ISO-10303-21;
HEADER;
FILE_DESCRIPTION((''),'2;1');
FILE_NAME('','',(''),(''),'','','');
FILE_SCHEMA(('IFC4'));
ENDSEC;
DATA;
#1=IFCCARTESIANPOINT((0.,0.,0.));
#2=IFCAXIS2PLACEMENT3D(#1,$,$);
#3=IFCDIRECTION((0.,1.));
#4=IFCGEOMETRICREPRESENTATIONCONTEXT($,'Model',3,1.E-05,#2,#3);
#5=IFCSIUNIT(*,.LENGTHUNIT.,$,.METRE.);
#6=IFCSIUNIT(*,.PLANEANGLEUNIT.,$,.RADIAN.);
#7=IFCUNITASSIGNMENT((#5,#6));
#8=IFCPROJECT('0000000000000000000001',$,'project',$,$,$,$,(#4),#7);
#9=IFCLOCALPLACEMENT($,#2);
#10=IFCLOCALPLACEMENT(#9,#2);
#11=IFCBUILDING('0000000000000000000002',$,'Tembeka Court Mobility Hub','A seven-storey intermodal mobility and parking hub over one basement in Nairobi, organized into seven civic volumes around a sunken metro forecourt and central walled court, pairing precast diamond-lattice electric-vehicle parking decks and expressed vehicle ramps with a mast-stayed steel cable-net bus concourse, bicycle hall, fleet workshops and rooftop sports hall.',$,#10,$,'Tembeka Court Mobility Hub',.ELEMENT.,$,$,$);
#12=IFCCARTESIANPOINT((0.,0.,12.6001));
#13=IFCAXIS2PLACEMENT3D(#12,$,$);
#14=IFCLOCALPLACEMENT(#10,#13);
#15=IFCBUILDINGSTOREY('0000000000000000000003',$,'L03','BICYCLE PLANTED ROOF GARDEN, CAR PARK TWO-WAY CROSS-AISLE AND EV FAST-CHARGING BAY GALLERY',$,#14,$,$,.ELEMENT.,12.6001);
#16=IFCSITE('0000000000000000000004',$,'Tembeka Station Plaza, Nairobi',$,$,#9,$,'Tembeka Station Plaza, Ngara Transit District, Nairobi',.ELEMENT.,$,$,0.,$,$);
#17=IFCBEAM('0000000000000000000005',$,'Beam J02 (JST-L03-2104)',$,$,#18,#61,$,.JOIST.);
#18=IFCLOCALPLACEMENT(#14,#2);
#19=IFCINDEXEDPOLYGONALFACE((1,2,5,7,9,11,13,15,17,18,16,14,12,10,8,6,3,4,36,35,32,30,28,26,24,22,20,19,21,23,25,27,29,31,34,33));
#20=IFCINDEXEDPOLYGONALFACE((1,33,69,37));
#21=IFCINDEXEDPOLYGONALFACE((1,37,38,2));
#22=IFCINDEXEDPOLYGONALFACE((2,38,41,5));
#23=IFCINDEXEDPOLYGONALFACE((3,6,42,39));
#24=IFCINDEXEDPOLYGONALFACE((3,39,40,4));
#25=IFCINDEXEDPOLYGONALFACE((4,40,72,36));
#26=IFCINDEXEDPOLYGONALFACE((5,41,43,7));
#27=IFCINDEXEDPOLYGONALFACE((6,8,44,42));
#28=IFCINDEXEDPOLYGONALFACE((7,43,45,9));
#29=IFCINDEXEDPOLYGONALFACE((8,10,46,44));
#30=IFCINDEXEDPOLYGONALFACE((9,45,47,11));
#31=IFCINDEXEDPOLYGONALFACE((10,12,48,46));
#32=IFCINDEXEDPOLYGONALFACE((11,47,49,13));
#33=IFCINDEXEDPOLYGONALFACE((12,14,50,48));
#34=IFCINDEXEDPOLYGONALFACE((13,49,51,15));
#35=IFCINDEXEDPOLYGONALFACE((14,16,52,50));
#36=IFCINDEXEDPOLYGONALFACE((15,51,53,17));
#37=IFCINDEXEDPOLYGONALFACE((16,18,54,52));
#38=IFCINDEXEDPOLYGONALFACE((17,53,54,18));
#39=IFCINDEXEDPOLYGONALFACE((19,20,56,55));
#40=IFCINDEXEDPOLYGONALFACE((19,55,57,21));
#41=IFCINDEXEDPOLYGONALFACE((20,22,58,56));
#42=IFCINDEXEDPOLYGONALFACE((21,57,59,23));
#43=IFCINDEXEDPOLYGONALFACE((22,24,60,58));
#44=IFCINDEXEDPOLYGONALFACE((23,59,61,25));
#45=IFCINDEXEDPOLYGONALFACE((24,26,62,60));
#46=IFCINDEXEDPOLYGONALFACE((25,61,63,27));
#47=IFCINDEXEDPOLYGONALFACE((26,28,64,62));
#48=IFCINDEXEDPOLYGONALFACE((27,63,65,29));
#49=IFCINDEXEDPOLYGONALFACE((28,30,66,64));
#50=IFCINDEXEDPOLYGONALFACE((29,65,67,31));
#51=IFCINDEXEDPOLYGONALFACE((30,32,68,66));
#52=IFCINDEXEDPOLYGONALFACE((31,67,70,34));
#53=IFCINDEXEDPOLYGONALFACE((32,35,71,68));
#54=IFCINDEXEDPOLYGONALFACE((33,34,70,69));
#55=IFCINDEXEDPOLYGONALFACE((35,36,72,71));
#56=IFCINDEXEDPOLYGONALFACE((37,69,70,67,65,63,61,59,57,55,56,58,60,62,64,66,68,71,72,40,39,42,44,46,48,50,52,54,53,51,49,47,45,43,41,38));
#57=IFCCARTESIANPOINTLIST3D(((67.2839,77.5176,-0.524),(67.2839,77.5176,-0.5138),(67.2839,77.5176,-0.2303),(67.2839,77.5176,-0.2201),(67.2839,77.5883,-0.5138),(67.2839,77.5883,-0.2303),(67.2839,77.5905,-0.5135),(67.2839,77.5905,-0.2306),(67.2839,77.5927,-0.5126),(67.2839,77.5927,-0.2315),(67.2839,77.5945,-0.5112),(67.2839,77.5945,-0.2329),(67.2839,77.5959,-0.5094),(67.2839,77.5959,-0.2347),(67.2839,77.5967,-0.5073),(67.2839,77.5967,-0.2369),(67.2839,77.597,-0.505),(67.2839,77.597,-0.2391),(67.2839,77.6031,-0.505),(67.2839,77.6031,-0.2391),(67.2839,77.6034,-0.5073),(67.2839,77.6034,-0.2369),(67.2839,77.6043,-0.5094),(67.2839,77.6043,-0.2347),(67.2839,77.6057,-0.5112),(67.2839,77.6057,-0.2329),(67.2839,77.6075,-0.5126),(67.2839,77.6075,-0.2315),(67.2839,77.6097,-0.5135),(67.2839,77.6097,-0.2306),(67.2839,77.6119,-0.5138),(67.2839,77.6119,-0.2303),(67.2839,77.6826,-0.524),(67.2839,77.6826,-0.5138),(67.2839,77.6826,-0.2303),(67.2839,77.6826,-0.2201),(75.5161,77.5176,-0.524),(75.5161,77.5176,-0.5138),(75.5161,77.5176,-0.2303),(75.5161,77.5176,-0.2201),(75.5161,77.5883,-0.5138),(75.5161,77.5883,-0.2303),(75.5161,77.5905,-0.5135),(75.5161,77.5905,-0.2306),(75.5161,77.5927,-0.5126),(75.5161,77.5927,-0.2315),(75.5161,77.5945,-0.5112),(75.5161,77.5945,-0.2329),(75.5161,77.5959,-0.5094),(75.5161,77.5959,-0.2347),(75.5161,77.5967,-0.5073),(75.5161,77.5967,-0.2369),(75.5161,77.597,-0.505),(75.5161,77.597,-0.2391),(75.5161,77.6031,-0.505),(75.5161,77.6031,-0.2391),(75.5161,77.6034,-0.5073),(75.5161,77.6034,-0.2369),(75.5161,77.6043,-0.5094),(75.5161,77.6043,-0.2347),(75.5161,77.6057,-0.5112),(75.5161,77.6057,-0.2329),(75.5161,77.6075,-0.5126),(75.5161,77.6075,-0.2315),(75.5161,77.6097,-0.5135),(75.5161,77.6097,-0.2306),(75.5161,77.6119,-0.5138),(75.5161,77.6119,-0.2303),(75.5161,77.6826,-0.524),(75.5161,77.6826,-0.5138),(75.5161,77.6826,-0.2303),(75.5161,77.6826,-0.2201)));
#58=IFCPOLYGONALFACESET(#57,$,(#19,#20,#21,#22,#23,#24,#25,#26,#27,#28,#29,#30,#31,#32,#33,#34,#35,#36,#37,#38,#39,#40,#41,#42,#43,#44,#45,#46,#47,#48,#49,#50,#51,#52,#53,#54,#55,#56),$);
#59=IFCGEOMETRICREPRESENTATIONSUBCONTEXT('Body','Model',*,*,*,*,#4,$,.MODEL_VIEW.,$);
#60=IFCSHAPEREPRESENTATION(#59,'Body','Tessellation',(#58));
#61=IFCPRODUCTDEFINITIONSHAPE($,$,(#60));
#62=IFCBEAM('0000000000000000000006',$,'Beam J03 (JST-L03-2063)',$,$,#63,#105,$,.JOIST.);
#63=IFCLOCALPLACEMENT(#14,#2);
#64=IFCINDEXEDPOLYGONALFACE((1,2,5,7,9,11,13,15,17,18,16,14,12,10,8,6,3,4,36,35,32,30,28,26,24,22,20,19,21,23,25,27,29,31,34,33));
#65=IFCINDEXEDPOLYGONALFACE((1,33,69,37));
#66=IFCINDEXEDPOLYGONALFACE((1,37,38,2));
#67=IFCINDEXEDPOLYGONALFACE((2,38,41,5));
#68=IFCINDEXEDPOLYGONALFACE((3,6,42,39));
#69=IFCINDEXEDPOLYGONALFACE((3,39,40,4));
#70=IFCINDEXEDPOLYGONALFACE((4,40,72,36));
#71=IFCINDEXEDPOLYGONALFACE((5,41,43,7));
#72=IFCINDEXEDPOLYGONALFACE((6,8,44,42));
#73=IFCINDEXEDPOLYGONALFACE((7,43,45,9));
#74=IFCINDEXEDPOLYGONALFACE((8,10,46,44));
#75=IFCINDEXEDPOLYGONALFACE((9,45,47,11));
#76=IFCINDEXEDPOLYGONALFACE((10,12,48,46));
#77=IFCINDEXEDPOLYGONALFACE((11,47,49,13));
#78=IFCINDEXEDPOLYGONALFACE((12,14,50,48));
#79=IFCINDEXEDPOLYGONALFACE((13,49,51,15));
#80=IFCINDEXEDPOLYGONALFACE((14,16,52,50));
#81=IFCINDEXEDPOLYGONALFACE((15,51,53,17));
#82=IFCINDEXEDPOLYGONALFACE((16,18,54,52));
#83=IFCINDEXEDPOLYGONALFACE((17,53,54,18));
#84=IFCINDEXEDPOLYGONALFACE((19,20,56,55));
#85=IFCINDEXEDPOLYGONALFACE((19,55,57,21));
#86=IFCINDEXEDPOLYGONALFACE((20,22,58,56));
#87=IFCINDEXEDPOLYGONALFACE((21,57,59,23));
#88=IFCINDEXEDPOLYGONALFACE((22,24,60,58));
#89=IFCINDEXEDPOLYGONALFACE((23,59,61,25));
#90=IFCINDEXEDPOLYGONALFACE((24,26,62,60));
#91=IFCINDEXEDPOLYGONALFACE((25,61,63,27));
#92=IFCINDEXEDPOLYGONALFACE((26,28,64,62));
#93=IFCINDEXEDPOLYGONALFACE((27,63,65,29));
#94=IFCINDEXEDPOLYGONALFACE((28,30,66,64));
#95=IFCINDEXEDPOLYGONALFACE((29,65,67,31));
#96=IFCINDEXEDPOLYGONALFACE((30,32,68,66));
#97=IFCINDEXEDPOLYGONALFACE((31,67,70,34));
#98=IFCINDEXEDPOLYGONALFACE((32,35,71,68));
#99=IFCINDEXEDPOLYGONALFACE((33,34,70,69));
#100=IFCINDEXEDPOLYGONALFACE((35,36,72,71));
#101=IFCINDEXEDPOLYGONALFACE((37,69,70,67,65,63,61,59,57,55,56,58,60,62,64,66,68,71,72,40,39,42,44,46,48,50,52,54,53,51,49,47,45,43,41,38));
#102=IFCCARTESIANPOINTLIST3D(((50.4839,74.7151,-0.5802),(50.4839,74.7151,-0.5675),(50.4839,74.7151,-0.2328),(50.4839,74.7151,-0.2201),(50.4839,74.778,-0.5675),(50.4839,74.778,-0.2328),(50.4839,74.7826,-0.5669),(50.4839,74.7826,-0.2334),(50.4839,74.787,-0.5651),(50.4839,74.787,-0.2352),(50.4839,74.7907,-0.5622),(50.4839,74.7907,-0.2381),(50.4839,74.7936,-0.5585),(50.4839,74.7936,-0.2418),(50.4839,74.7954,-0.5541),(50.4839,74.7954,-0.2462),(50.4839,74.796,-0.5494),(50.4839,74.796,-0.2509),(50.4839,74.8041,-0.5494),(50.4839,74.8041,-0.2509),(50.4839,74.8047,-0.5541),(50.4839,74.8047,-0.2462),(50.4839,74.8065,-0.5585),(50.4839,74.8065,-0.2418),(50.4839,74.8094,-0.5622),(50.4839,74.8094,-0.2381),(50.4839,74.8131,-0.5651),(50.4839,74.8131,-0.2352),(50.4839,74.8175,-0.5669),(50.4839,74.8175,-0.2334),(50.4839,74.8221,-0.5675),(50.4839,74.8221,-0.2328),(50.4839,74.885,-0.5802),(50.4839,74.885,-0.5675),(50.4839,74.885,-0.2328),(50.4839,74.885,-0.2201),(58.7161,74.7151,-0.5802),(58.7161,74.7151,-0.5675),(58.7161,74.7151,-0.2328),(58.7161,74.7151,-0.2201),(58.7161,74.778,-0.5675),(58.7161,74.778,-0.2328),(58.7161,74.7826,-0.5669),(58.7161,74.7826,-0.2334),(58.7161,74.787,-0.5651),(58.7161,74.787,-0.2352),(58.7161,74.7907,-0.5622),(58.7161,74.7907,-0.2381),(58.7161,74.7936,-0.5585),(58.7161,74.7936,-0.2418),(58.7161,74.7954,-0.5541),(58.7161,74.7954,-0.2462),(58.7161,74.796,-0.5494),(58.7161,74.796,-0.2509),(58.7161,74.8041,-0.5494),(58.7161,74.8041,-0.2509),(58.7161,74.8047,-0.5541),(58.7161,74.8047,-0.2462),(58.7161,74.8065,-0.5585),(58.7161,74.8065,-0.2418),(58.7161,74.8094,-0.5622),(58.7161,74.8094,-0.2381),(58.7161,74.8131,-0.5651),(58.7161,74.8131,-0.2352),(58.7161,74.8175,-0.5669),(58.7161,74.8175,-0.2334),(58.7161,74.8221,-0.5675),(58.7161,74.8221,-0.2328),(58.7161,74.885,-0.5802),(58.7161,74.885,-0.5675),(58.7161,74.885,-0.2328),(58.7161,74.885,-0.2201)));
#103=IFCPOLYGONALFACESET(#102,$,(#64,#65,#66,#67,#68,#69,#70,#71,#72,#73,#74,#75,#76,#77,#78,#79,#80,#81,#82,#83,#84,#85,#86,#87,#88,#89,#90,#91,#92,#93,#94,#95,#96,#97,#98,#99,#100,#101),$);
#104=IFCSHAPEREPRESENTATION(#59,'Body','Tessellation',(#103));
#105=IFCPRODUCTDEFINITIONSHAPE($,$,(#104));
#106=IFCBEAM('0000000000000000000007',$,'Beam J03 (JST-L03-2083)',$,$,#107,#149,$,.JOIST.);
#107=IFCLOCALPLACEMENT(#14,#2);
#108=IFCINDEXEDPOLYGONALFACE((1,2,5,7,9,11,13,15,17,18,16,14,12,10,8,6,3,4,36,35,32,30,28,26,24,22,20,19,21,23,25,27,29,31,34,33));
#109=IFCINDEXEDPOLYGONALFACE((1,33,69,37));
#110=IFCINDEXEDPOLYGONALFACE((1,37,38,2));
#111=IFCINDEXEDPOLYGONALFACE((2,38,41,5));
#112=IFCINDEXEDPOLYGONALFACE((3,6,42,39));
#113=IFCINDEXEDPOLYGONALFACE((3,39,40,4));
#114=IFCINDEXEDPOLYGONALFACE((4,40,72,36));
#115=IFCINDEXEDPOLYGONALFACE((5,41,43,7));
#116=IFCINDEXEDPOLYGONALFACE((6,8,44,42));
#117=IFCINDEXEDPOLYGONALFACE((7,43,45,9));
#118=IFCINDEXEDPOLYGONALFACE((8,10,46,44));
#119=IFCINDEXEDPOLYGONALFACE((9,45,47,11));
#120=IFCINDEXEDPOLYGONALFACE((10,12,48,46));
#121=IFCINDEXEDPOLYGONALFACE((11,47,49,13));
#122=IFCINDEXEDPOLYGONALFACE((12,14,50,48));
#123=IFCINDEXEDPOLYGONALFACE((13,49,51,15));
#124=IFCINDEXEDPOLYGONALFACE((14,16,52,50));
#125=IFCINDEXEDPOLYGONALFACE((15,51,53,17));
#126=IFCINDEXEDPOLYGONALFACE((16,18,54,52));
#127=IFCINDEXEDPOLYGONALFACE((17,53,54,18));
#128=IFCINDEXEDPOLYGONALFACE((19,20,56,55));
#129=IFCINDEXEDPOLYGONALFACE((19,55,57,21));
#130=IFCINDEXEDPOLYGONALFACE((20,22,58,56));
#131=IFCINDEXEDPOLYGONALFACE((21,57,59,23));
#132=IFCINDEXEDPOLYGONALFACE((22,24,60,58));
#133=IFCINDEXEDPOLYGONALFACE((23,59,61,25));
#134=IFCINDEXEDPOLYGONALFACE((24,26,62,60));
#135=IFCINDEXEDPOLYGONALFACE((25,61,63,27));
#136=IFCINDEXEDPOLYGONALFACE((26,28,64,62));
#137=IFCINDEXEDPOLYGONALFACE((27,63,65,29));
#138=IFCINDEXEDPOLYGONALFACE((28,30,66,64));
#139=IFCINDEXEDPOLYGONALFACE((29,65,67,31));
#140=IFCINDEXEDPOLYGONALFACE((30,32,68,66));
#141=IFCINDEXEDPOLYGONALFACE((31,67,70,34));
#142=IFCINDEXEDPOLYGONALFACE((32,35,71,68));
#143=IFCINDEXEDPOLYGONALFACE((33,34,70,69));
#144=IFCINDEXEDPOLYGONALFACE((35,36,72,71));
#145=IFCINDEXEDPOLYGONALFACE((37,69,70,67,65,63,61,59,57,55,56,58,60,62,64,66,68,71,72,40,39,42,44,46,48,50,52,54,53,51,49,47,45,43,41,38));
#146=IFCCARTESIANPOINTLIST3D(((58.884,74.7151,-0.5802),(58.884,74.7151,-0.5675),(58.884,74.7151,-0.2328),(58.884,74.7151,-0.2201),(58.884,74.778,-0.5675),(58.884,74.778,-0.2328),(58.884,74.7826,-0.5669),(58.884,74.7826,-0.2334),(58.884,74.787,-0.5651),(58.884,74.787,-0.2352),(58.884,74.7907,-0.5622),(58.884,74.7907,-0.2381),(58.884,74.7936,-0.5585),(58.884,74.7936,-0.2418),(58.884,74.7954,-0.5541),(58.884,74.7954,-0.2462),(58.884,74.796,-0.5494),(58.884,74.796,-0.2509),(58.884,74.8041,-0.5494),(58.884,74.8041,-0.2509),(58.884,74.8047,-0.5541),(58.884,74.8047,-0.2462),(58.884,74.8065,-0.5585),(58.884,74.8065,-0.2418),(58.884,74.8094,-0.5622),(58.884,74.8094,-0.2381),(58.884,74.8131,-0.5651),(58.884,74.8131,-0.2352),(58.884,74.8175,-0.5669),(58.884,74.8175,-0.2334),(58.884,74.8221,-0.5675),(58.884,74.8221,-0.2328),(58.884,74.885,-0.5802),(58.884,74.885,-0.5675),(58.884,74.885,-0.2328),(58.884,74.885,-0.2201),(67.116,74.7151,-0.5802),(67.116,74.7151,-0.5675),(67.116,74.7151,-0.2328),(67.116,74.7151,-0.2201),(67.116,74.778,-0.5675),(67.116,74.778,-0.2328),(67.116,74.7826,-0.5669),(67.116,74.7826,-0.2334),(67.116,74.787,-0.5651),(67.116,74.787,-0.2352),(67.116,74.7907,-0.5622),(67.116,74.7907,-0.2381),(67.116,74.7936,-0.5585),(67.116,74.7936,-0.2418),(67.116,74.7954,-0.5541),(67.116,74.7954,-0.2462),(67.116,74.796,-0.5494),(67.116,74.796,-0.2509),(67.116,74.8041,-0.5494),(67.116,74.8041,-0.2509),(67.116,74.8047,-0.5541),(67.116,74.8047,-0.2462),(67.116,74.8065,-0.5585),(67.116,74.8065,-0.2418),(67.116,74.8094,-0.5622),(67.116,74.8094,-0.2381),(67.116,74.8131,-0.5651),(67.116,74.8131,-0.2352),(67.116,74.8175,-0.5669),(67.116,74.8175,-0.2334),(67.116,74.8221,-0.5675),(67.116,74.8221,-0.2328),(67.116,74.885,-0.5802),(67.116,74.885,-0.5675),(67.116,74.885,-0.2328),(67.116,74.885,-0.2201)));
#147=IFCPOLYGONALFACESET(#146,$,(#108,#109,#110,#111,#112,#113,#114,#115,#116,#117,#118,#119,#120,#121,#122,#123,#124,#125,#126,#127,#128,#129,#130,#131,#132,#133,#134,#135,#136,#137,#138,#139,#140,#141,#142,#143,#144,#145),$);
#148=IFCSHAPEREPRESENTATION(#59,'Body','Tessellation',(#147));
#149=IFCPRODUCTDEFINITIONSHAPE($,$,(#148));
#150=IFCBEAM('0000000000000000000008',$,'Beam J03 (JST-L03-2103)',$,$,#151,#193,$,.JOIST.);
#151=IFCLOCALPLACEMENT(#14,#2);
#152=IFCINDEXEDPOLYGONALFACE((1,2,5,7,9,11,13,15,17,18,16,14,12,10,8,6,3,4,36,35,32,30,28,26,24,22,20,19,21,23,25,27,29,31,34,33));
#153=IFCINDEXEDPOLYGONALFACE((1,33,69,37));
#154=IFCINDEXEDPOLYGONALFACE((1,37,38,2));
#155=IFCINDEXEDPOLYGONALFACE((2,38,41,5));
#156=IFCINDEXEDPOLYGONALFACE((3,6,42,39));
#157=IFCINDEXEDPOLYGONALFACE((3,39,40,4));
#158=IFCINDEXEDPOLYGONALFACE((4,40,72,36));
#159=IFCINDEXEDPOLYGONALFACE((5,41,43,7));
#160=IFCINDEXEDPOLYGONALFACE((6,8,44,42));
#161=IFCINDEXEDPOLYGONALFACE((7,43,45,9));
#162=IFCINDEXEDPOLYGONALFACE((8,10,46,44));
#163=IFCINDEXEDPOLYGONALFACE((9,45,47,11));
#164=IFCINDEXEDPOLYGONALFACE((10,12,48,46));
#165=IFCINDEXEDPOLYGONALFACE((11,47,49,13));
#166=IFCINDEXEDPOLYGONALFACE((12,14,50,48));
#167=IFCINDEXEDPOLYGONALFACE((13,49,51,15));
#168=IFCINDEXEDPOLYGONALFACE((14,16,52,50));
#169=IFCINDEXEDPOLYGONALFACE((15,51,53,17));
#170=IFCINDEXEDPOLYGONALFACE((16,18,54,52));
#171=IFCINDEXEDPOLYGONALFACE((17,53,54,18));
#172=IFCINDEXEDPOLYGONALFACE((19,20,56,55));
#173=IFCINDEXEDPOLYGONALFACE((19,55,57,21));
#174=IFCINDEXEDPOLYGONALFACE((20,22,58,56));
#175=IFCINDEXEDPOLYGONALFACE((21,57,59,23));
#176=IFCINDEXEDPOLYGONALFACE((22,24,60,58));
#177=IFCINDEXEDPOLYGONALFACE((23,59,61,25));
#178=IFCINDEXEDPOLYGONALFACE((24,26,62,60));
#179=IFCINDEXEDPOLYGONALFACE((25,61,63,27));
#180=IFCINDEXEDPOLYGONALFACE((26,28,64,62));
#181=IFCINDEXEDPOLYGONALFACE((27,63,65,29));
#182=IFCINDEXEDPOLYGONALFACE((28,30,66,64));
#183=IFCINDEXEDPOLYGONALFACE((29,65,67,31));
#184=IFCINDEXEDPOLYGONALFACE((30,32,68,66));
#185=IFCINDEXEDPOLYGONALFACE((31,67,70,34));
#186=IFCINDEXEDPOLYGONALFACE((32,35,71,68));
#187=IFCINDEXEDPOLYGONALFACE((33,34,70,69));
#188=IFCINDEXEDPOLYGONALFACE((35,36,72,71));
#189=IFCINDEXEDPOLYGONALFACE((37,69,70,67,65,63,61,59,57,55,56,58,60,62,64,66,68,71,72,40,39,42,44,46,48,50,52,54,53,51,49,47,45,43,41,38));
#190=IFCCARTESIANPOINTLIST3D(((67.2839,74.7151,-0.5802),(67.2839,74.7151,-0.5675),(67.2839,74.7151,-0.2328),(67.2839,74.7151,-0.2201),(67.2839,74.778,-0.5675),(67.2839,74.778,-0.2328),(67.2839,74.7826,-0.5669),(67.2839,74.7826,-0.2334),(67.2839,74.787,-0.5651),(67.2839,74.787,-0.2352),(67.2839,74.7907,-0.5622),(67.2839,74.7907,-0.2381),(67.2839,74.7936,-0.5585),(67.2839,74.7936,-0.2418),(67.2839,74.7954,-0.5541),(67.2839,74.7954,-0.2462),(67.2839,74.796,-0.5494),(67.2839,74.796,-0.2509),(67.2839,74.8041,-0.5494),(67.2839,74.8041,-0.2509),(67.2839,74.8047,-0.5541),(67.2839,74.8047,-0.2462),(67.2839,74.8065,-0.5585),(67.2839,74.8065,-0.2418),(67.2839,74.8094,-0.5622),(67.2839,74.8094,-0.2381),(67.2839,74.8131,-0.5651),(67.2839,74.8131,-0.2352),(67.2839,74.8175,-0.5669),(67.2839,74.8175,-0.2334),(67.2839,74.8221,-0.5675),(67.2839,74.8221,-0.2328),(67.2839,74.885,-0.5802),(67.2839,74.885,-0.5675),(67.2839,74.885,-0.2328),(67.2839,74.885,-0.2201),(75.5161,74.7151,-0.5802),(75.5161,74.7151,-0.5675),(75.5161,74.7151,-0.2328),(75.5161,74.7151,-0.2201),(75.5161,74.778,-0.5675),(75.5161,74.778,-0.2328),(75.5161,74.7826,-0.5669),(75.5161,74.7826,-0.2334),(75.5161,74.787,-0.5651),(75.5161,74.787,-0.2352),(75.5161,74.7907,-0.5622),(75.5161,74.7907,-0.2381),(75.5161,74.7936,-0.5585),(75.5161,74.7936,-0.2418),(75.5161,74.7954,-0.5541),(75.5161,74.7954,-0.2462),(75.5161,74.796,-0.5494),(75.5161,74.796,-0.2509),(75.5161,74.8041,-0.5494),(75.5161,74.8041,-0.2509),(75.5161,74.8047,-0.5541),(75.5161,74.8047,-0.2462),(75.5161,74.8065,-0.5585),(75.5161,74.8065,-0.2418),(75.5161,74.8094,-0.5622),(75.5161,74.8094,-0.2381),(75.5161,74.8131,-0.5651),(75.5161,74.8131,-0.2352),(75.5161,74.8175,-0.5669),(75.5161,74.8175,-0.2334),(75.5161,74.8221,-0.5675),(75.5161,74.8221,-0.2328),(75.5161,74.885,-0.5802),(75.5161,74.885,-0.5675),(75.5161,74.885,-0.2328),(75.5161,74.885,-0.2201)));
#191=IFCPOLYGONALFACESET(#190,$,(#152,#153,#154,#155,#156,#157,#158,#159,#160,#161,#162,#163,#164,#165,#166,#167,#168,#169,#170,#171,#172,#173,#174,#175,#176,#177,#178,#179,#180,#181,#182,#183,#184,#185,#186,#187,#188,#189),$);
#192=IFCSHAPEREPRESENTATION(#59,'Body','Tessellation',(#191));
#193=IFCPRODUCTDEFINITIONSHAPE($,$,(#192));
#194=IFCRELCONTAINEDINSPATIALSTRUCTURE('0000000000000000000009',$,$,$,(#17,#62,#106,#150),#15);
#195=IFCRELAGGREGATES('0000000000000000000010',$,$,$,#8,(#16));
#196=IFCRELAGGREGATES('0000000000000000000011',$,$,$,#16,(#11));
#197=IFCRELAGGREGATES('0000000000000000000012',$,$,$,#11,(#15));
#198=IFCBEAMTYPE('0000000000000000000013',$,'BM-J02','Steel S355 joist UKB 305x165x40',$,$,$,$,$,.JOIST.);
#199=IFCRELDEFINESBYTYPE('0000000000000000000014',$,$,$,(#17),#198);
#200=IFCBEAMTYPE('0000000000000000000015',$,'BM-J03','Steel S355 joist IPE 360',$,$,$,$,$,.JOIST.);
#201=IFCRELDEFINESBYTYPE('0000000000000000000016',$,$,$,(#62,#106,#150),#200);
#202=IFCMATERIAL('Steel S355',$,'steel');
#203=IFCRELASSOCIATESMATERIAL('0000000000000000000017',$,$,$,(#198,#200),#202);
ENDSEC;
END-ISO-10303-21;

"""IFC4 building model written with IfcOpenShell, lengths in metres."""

from ifc_helpers import new_model, si_unit, direction, frame, origin, origin_2d, place, context, subcontext, project, spatial, i_section, extrude, material, material_profile, profile_set, type_object, element, save


model = new_model("IFC4")

# Units and contexts
model_context = context("Model", 3, precision=1e-05, world=origin(), true_north=direction((0.0, 1.0)))
body_context = subcontext(model_context, "Body", "Model", "MODEL_VIEW")
ifc_project = project(units=[si_unit("LENGTHUNIT", "METRE"), si_unit("PLANEANGLEUNIT", "RADIAN")], contexts=[model_context])

# Site, building, storey
site_placement = place(None, origin())
site = spatial("IfcSite", under=ifc_project, at=site_placement, Name="Tembeka Station Plaza, Nairobi", LongName="Tembeka Station Plaza, Ngara Transit District, Nairobi", CompositionType="ELEMENT", RefElevation=0.0)
building_placement = place(site_placement, origin())
building = spatial("IfcBuilding", under=site, at=building_placement, Name="Tembeka Court Mobility Hub", Description="A seven-storey intermodal mobility and parking hub over one basement in Nairobi, organized into seven civic volumes around a sunken metro forecourt and central walled court, pairing precast diamond-lattice electric-vehicle parking decks and expressed vehicle ramps with a mast-stayed steel cable-net bus concourse, bicycle hall, fleet workshops and rooftop sports hall.", LongName="Tembeka Court Mobility Hub", CompositionType="ELEMENT")
storey_placement = place(building_placement, frame((0.0, 0.0, 12.6001)))
storey = spatial("IfcBuildingStorey", under=building, at=storey_placement, Name="L03", Description="BICYCLE PLANTED ROOF GARDEN, CAR PARK TWO-WAY CROSS-AISLE AND EV FAST-CHARGING BAY GALLERY", CompositionType="ELEMENT", Elevation=12.6001)

# Shared definitions
ifc_material = material(Name="Steel S355", Category="steel")

# Beams
ifc_material_profile_1 = material_profile(ifc_material, i_section(OverallWidth=0.165, OverallDepth=0.304, WebThickness=0.0061, FlangeThickness=0.0103, FilletRadius=0.0088, at=origin_2d()), Name="UKB 305x165x40")
ifc_profile_set_1 = profile_set([ifc_material_profile_1], Name="Steel S355")
beam_type_1 = type_object("IfcBeamType", Name="BM-J02", Description="Steel S355 joist UKB 305x165x40", PredefinedType="JOIST", material=ifc_profile_set_1)
beam_1_placement = place(storey_placement, frame((67.2839, 77.6001, -0.3721), z_axis=(1.0, 0.0, 0.0), x_axis=(0.0, 1.0, 0.0)))
element("IfcBeam", 1, at=beam_1_placement, inside=storey, type_object=beam_type_1, Name="Beam J02 (JST-L03-2104)", PredefinedType="JOIST", context=body_context, shape_type="SweptSolid", body=[
    extrude(i_section(OverallWidth=0.165, OverallDepth=0.304, WebThickness=0.0061, FlangeThickness=0.0103, FilletRadius=0.0088, at=origin_2d()), origin(), (0.0, 0.0, 1.0), 8.2322),
])
ifc_material_profile_2 = material_profile(ifc_material, i_section(OverallWidth=0.1699, OverallDepth=0.3601, WebThickness=0.0081, FlangeThickness=0.0127, FilletRadius=0.0181, at=origin_2d()), Name="IPE 360")
ifc_profile_set_2 = profile_set([ifc_material_profile_2], Name="Steel S355")
beam_type_2 = type_object("IfcBeamType", Name="BM-J03", Description="Steel S355 joist IPE 360", PredefinedType="JOIST", material=ifc_profile_set_2)
beam_2_placement = place(storey_placement, frame((50.4839, 74.8, -0.4001), z_axis=(1.0, 0.0, 0.0), x_axis=(0.0, 1.0, 0.0)))
element("IfcBeam", 2, at=beam_2_placement, inside=storey, type_object=beam_type_2, Name="Beam J03 (JST-L03-2063)", PredefinedType="JOIST", context=body_context, shape_type="SweptSolid", body=[
    extrude(i_section(OverallWidth=0.1699, OverallDepth=0.3601, WebThickness=0.0081, FlangeThickness=0.0127, FilletRadius=0.0181, at=origin_2d()), origin(), (0.0, 0.0, 1.0), 8.2322),
])
beam_3_placement = place(storey_placement, frame((58.884, 74.8, -0.4001), z_axis=(1.0, 0.0, 0.0), x_axis=(0.0, 1.0, 0.0)))
element("IfcBeam", 3, at=beam_3_placement, inside=storey, type_object=beam_type_2, Name="Beam J03 (JST-L03-2083)", PredefinedType="JOIST", context=body_context, shape_type="SweptSolid", body=[
    extrude(i_section(OverallWidth=0.1699, OverallDepth=0.3601, WebThickness=0.0081, FlangeThickness=0.0127, FilletRadius=0.0181, at=origin_2d()), origin(), (0.0, 0.0, 1.0), 8.2319),
])
beam_4_placement = place(storey_placement, frame((67.2839, 74.8, -0.4001), z_axis=(1.0, 0.0, 0.0), x_axis=(0.0, 1.0, 0.0)))
element("IfcBeam", 4, at=beam_4_placement, inside=storey, type_object=beam_type_2, Name="Beam J03 (JST-L03-2103)", PredefinedType="JOIST", context=body_context, shape_type="SweptSolid", body=[
    extrude(i_section(OverallWidth=0.1699, OverallDepth=0.3601, WebThickness=0.0081, FlangeThickness=0.0127, FilletRadius=0.0181, at=origin_2d()), origin(), (0.0, 0.0, 1.0), 8.2322),
])

save(model, "model.ifc")
